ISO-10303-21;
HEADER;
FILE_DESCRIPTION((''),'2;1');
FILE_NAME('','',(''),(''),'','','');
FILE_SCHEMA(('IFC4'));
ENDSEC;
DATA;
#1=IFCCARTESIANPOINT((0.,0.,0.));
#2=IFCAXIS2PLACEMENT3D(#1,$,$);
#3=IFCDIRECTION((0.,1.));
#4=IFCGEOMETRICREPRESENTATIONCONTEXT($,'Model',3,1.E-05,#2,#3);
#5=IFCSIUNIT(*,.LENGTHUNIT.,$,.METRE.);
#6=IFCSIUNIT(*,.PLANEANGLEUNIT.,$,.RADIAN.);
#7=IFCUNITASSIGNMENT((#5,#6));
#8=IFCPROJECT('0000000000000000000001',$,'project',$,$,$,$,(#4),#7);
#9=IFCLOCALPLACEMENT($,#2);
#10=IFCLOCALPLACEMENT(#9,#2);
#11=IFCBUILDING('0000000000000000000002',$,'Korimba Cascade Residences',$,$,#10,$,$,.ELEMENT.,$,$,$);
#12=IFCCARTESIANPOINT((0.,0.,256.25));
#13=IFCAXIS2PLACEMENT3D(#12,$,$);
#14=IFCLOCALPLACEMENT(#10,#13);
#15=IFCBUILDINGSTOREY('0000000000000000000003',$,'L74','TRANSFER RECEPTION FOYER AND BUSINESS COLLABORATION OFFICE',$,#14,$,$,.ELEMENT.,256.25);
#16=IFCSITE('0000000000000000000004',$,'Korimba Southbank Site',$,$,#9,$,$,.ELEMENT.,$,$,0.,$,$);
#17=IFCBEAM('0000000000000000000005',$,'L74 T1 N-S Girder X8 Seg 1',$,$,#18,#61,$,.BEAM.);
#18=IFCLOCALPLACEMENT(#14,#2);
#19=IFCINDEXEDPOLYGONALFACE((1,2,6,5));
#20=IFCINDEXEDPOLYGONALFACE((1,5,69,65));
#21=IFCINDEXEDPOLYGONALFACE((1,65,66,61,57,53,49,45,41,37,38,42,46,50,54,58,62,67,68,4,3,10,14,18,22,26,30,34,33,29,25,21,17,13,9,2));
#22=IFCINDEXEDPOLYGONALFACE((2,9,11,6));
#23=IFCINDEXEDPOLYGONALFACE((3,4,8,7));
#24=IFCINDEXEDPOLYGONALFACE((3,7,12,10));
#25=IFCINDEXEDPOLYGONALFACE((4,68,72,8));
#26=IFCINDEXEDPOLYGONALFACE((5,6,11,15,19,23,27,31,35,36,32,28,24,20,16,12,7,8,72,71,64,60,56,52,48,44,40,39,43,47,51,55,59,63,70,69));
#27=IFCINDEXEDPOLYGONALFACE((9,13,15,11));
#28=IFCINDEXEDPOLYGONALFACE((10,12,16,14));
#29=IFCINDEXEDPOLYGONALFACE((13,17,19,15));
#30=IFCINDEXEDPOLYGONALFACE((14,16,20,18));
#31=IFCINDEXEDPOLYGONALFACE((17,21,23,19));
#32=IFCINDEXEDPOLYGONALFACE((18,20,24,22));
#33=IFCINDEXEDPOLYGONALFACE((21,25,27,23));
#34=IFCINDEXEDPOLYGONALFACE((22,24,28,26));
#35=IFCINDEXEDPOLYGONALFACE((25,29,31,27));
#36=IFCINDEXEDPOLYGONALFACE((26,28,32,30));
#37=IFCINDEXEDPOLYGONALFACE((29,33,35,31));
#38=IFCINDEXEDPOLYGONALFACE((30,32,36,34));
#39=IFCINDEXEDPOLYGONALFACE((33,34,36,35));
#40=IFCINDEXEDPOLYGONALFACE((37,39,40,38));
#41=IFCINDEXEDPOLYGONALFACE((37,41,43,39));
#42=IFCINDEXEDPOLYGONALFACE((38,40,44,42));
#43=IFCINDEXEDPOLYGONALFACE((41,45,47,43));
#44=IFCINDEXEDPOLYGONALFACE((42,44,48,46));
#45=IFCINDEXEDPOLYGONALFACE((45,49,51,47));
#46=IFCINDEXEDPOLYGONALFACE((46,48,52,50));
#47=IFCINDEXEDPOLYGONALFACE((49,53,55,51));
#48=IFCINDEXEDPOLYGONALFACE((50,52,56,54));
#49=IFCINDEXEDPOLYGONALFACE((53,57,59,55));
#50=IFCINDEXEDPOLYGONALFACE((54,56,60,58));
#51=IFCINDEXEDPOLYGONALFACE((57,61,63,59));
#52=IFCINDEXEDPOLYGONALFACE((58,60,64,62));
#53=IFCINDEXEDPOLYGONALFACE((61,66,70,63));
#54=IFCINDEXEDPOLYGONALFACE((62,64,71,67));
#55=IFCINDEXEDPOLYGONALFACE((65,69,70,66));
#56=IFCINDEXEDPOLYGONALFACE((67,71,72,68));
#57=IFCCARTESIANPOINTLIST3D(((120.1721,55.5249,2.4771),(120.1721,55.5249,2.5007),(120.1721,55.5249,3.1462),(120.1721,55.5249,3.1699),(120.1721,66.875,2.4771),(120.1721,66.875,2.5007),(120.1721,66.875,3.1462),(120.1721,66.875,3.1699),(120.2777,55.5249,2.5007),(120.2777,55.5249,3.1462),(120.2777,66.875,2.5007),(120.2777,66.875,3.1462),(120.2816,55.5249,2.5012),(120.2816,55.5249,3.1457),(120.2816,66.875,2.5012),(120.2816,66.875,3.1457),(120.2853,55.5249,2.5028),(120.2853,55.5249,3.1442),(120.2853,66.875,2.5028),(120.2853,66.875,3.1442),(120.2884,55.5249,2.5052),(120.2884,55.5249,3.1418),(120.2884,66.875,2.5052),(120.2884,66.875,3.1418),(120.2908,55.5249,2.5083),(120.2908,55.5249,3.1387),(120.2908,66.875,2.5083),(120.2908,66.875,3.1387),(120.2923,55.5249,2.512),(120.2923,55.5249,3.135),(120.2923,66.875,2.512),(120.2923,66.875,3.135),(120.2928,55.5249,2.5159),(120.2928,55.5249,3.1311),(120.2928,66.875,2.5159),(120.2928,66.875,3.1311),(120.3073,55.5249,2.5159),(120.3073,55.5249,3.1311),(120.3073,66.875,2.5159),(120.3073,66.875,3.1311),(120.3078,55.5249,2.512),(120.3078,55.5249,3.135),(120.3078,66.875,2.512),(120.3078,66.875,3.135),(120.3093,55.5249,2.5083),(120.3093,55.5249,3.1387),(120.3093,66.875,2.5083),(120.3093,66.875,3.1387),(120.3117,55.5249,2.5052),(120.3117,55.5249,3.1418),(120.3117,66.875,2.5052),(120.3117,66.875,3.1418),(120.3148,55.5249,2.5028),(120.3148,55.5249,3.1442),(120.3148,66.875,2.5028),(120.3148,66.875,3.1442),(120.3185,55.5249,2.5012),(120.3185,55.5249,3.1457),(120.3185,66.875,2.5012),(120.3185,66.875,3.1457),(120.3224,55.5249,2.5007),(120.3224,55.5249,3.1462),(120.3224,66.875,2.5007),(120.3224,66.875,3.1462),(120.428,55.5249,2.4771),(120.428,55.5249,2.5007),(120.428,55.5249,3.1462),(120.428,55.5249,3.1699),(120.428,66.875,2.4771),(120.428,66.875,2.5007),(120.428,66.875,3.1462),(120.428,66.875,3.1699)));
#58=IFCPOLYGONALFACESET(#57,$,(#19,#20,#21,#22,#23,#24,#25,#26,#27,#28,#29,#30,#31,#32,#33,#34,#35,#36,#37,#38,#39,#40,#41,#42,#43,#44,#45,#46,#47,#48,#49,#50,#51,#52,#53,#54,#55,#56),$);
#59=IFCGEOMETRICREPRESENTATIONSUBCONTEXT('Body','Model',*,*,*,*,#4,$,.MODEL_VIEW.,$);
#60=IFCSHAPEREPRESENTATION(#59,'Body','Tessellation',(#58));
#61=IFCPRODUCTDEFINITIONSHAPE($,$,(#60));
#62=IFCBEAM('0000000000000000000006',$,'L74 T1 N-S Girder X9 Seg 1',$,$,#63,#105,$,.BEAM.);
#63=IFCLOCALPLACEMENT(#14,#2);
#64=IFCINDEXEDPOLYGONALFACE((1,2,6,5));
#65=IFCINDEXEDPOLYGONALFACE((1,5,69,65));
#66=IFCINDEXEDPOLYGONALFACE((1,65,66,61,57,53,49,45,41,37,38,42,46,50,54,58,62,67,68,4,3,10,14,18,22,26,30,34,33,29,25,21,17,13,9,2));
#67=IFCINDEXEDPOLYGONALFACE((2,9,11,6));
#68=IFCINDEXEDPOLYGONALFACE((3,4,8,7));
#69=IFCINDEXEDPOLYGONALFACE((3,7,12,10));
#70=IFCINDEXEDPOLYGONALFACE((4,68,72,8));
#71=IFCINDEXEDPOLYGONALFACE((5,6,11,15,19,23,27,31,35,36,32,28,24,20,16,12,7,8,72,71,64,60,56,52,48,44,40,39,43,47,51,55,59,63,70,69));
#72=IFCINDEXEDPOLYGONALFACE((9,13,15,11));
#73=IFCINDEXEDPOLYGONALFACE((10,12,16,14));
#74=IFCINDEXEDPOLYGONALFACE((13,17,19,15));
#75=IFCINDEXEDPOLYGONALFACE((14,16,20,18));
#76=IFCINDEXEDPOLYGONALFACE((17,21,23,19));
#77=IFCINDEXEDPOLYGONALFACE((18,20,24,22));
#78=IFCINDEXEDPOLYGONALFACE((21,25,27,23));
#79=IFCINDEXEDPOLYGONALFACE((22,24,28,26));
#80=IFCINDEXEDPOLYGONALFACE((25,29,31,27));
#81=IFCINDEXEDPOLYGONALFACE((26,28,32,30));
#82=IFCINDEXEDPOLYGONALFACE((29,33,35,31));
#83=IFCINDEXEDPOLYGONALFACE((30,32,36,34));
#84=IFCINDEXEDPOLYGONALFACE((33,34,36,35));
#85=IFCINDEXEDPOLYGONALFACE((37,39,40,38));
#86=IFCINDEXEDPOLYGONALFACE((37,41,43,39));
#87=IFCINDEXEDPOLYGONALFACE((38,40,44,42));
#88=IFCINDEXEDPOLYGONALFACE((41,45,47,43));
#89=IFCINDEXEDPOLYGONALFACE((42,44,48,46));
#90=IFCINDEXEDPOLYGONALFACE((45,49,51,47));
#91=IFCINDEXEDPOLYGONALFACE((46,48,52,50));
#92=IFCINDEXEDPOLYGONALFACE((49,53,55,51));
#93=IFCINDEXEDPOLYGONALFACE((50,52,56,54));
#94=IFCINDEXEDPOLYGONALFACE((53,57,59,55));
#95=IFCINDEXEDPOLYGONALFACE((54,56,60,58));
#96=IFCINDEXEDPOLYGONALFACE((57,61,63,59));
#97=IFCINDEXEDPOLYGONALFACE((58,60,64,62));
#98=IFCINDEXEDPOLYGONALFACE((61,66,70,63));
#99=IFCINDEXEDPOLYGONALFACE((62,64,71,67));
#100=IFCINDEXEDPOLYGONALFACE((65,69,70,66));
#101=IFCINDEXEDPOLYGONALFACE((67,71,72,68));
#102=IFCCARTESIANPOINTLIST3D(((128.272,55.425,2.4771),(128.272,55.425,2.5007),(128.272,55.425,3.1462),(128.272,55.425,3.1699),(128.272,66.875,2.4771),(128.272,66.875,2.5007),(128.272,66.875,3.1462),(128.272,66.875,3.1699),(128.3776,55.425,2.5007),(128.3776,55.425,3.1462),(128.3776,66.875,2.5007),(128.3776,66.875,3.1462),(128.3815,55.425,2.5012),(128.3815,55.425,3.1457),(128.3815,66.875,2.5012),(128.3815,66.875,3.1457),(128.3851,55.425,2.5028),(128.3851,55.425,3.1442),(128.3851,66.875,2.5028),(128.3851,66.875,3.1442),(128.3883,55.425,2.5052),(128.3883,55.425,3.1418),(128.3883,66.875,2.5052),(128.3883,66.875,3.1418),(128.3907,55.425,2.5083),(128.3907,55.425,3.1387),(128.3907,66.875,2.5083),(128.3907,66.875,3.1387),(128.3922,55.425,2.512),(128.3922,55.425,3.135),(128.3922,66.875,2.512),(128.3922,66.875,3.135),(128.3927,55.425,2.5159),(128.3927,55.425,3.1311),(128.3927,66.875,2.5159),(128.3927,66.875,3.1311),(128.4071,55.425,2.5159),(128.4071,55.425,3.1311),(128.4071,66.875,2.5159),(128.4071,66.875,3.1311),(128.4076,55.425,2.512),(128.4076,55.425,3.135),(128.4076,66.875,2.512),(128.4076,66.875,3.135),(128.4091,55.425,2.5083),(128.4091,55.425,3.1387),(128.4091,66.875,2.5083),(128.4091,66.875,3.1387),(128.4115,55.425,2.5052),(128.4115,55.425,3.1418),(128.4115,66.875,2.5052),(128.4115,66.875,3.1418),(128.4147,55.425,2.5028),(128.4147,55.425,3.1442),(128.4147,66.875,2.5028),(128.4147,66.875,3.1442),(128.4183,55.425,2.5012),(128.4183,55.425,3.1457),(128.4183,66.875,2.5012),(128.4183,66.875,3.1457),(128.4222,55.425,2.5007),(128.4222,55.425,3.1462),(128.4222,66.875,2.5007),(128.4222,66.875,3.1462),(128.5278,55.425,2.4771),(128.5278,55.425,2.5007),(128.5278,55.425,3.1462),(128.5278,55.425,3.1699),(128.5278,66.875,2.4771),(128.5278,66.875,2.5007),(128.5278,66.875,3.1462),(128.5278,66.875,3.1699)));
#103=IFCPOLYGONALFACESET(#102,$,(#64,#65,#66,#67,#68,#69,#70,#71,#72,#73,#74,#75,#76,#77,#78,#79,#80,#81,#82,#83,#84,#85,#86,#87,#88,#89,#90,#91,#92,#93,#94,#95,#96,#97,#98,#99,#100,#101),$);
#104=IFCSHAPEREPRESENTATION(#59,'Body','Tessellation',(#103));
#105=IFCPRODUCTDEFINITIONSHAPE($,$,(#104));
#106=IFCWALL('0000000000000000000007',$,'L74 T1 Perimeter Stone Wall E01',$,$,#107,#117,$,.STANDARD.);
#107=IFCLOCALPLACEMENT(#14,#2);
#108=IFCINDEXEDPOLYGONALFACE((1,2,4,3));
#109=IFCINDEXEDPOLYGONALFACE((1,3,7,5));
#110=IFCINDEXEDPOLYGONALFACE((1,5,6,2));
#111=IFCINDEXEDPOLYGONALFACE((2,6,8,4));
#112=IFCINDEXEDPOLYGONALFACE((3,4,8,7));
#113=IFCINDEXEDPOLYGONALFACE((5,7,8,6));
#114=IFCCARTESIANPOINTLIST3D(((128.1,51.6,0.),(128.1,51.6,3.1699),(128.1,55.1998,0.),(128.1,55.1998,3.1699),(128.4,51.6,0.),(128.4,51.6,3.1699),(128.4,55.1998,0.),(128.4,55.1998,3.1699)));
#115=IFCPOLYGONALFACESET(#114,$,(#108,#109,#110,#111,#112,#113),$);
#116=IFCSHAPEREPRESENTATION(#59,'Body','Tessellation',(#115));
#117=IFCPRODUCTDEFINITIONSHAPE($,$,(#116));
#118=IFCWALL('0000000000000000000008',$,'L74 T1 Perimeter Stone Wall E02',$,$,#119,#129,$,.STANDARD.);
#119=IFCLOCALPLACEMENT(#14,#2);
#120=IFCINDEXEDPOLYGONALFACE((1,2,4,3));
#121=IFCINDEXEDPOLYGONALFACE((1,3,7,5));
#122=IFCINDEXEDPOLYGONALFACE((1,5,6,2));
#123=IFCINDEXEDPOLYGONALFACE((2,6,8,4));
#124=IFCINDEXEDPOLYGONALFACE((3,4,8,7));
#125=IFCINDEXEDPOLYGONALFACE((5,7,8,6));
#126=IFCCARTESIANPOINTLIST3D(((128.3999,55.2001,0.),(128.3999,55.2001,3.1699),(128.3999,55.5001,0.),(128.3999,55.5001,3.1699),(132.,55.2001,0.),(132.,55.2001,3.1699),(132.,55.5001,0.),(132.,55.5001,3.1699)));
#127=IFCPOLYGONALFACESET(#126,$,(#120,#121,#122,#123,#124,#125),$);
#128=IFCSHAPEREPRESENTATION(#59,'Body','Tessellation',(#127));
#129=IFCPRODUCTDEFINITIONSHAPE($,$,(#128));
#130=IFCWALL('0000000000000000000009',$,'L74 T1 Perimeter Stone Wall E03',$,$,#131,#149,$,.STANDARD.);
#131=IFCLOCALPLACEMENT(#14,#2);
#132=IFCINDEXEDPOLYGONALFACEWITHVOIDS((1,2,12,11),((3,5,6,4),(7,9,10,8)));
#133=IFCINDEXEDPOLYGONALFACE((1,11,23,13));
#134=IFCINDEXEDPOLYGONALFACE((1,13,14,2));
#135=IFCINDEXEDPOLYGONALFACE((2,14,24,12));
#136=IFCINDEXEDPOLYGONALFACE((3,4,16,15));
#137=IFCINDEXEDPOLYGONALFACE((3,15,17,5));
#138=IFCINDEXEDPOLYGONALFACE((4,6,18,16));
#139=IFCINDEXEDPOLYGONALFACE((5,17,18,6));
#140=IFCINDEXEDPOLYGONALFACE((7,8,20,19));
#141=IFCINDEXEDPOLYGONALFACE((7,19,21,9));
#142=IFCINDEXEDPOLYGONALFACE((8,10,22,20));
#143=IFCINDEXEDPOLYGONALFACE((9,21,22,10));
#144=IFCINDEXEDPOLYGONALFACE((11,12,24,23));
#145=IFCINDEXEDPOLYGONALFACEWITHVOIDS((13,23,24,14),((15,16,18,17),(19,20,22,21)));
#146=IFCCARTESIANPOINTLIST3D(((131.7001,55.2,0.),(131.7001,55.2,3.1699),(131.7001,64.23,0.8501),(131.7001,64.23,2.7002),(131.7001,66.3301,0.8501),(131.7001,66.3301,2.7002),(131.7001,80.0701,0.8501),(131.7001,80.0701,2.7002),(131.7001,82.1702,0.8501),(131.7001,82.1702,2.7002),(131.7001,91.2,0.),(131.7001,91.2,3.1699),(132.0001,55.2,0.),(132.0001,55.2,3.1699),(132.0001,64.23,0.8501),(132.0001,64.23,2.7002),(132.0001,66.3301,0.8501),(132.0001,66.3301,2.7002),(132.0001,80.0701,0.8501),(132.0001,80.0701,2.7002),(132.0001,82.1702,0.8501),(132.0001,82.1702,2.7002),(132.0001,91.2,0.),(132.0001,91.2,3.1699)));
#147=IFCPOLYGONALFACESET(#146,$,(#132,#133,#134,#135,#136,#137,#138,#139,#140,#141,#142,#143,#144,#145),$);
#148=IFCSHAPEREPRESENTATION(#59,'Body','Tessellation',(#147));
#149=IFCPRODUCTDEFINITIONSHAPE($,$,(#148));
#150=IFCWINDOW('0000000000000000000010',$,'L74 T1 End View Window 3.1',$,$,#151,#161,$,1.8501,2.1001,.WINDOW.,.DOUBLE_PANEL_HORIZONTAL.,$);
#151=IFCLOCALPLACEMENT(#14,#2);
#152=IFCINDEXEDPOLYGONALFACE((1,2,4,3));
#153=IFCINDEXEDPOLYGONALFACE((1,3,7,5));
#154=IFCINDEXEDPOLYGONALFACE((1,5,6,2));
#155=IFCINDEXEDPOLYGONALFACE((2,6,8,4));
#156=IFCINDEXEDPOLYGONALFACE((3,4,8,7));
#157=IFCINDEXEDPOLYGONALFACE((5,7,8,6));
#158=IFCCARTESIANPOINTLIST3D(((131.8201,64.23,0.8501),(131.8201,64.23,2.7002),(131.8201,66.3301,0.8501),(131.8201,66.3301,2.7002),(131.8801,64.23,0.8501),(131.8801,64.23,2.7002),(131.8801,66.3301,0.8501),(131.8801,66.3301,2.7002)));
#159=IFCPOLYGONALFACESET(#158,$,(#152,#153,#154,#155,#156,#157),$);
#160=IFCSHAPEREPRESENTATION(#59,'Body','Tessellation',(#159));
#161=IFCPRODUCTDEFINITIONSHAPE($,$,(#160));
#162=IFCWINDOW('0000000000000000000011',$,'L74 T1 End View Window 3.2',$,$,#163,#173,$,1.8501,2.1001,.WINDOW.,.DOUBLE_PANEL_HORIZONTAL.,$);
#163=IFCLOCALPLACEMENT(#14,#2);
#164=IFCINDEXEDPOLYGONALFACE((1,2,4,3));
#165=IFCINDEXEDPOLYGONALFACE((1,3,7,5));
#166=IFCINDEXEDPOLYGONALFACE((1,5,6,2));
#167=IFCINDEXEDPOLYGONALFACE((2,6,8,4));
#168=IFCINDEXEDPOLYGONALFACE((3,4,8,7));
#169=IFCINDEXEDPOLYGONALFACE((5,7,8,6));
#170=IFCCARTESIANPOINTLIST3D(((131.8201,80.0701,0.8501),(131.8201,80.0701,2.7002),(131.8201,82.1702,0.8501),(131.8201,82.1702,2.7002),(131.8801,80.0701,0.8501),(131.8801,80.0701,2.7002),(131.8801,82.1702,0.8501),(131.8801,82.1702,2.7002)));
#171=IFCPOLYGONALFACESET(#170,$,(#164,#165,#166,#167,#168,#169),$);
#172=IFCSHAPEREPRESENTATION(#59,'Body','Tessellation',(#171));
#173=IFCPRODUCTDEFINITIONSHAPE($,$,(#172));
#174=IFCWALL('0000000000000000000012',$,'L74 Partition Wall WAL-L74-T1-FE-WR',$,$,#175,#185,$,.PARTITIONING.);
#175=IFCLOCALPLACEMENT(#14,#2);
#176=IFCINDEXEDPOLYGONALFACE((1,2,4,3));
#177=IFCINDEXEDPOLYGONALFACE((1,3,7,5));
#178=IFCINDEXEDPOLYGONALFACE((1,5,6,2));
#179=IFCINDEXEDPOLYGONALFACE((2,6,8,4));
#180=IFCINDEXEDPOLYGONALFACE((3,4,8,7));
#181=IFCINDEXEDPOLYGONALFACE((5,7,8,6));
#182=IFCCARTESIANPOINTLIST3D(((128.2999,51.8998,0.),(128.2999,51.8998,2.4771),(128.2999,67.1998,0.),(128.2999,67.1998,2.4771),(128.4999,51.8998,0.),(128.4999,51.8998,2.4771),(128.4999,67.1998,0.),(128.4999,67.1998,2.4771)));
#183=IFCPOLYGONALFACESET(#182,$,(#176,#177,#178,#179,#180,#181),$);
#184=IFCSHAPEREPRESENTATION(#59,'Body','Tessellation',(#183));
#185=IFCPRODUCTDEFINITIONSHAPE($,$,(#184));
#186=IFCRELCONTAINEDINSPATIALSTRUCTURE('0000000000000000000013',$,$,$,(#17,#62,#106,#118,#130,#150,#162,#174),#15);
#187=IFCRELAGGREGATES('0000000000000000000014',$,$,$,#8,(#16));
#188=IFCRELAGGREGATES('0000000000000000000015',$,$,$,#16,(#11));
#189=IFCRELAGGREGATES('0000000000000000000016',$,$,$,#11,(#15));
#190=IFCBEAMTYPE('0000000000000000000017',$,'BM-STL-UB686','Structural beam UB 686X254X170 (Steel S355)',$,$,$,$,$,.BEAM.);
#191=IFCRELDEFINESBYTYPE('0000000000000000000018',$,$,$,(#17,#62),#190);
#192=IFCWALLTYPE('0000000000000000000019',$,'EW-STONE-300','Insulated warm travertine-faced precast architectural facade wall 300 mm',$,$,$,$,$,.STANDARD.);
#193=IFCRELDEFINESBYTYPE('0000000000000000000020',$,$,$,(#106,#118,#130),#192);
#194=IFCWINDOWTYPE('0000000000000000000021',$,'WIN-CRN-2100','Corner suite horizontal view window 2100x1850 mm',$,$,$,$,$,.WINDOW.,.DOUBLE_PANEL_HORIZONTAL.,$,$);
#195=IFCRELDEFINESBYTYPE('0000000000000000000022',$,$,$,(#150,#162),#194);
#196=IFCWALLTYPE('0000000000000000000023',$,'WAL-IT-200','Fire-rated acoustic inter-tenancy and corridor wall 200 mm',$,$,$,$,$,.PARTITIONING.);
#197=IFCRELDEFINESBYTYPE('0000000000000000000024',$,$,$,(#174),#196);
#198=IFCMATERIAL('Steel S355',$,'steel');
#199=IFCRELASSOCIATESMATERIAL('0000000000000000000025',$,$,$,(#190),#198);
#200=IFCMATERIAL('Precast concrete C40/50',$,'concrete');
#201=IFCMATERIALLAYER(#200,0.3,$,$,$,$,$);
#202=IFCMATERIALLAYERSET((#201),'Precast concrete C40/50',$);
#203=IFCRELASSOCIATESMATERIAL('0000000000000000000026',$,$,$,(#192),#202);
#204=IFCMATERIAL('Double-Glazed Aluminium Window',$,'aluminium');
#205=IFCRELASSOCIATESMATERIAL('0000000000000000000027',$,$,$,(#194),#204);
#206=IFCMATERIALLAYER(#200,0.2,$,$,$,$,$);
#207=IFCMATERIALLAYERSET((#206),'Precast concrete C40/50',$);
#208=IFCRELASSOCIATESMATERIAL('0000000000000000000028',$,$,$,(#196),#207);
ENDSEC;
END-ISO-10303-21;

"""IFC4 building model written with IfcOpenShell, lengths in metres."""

from ifc_helpers import new_model, si_unit, direction, frame, frame_2d, origin, origin_2d, place, context, subcontext, project, spatial, rectangle, i_section, extrude, material, layer, layer_set, material_profile, profile_set, type_object, element, fill, save


model = new_model("IFC4")

# Units and contexts
model_context = context("Model", 3, precision=1e-05, world=origin(), true_north=direction((0.0, 1.0)))
body_context = subcontext(model_context, "Body", "Model", "MODEL_VIEW")
ifc_project = project(units=[si_unit("LENGTHUNIT", "METRE"), si_unit("PLANEANGLEUNIT", "RADIAN")], contexts=[model_context])

# Site, building, storey
site_placement = place(None, origin())
site = spatial("IfcSite", under=ifc_project, at=site_placement, Name="Korimba Southbank Site", CompositionType="ELEMENT", RefElevation=0.0)
building_placement = place(site_placement, origin())
building = spatial("IfcBuilding", under=site, at=building_placement, Name="Korimba Cascade Residences", CompositionType="ELEMENT")
storey_placement = place(building_placement, frame((0.0, 0.0, 256.25)))
storey = spatial("IfcBuildingStorey", under=building, at=storey_placement, Name="L74", Description="TRANSFER RECEPTION FOYER AND BUSINESS COLLABORATION OFFICE", CompositionType="ELEMENT", Elevation=256.25)

# Beams
ifc_material_1 = material(Name="Steel S355", Category="steel")
ifc_material_profile_1 = material_profile(ifc_material_1, i_section(OverallWidth=0.2559, OverallDepth=0.6929, WebThickness=0.0144, FlangeThickness=0.0237, FilletRadius=0.0151, at=origin_2d()), Name="Steel S355")
ifc_profile_set_1 = profile_set([ifc_material_profile_1], Name="Steel S355")
beam_type_1 = type_object("IfcBeamType", Name="BM-STL-UB686", Description="Structural beam UB 686X254X170 (Steel S355)", PredefinedType="BEAM", material=ifc_profile_set_1)
beam_1_placement = place(storey_placement, frame((120.3, 55.5249, 2.8235), z_axis=(0.0, 1.0, 0.0), x_axis=(-1.0, 0.0, 0.0)))
element("IfcBeam", 1, at=beam_1_placement, inside=storey, type_object=beam_type_1, Name="L74 T1 N-S Girder X8 Seg 1", PredefinedType="BEAM", context=body_context, shape_type="SweptSolid", body=[
    extrude(i_section(OverallWidth=0.2559, OverallDepth=0.6929, WebThickness=0.0144, FlangeThickness=0.0237, FilletRadius=0.0151, at=origin_2d()), origin(), (0.0, 0.0, 1.0), 11.3501),
])
beam_2_placement = place(storey_placement, frame((128.3999, 55.425, 2.8235), z_axis=(0.0, 1.0, 0.0), x_axis=(-1.0, 0.0, 0.0)))
element("IfcBeam", 2, at=beam_2_placement, inside=storey, type_object=beam_type_1, Name="L74 T1 N-S Girder X9 Seg 1", PredefinedType="BEAM", context=body_context, shape_type="SweptSolid", body=[
    extrude(i_section(OverallWidth=0.2559, OverallDepth=0.6929, WebThickness=0.0144, FlangeThickness=0.0237, FilletRadius=0.0151, at=origin_2d()), origin(), (0.0, 0.0, 1.0), 11.45),
])

# Walls
ifc_material_2 = material(Name="Precast concrete C40/50", Category="concrete")
ifc_layer_1 = layer(ifc_material_2, 0.3)
ifc_layer_set_1 = layer_set([ifc_layer_1], Name="Precast concrete C40/50")
wall_type_1 = type_object("IfcWallType", Name="EW-STONE-300", Description="Insulated warm travertine-faced precast architectural facade wall 300 mm", PredefinedType="STANDARD", material=ifc_layer_set_1)
wall_1_placement = place(storey_placement, frame((128.25, 51.6001, 0.0), z_axis=(0.0, 0.0, 1.0), x_axis=(0.0, 1.0, 0.0)))
element("IfcWall", 3, at=wall_1_placement, inside=storey, type_object=wall_type_1, Name="L74 T1 Perimeter Stone Wall E01", PredefinedType="STANDARD", context=body_context, shape_type="SweptSolid", body=[
    extrude(rectangle(XDim=3.5999, YDim=0.3, at=frame_2d((1.7998, 0.0))), origin(), (0.0, 0.0, 1.0), 3.1699),
])
wall_2_placement = place(storey_placement, frame((128.3999, 55.3501, 0.0), z_axis=(0.0, 0.0, 1.0), x_axis=(1.0, 0.0, 0.0)))
element("IfcWall", 4, at=wall_2_placement, inside=storey, type_object=wall_type_1, Name="L74 T1 Perimeter Stone Wall E02", PredefinedType="STANDARD", context=body_context, shape_type="SweptSolid", body=[
    extrude(rectangle(XDim=3.6001, YDim=0.3, at=frame_2d((1.8, 0.0))), origin(), (0.0, 0.0, 1.0), 3.1699),
])

# Wall, openings, windows
wall_3_placement = place(storey_placement, frame((131.8501, 55.2, 0.0), z_axis=(0.0, 0.0, 1.0), x_axis=(0.0, 1.0, 0.0)))
wall_3 = element("IfcWall", 5, at=wall_3_placement, inside=storey, type_object=wall_type_1, Name="L74 T1 Perimeter Stone Wall E03", PredefinedType="STANDARD", context=body_context, shape_type="SweptSolid", body=[
    extrude(rectangle(XDim=36.0, YDim=0.3, at=frame_2d((18.0, 0.0))), origin(), (0.0, 0.0, 1.0), 3.1699),
])
opening_1_placement = place(wall_3_placement, frame((9.03, 0.0, 0.8501)))
opening_1 = element("IfcOpeningElement", 6, at=opening_1_placement, cuts=wall_3, PredefinedType="OPENING", context=body_context, shape_type="SweptSolid", body=[
    extrude(rectangle(XDim=2.1001, YDim=1.8501, at=frame_2d((1.05, 0.925))), frame((0.0, 0.1602, 0.0), z_axis=(0.0, -1.0, 0.0), x_axis=(1.0, 0.0, 0.0)), (0.0, 0.0, 1.0), 0.3201),
])
opening_2_placement = place(wall_3_placement, frame((24.8701, 0.0, 0.8501)))
opening_2 = element("IfcOpeningElement", 7, at=opening_2_placement, cuts=wall_3, PredefinedType="OPENING", context=body_context, shape_type="SweptSolid", body=[
    extrude(rectangle(XDim=2.1001, YDim=1.8501, at=frame_2d((1.05, 0.925))), frame((0.0, 0.1602, 0.0), z_axis=(0.0, -1.0, 0.0), x_axis=(1.0, 0.0, 0.0)), (0.0, 0.0, 1.0), 0.3201),
])
ifc_material_3 = material(Name="Double-Glazed Aluminium Window", Category="aluminium")
window_type = type_object("IfcWindowType", Name="WIN-CRN-2100", Description="Corner suite horizontal view window 2100x1850 mm", PartitioningType="DOUBLE_PANEL_HORIZONTAL", PredefinedType="WINDOW", material=ifc_material_3)
window_1_placement = place(opening_1_placement, origin())
window_1 = element("IfcWindow", 8, at=window_1_placement, inside=storey, type_object=window_type, Name="L74 T1 End View Window 3.1", OverallHeight=1.8501, OverallWidth=2.1001, PartitioningType="DOUBLE_PANEL_HORIZONTAL", PredefinedType="WINDOW", context=body_context, shape_type="SweptSolid", body=[
    extrude(rectangle(XDim=2.1001, YDim=1.8501, at=frame_2d((1.05, 0.925))), frame((0.0, 0.03, 0.0), z_axis=(0.0, -1.0, 0.0), x_axis=(1.0, 0.0, 0.0)), (0.0, 0.0, 1.0), 0.0601),
])
fill(opening_1, window_1)
window_2_placement = place(opening_2_placement, origin())
window_2 = element("IfcWindow", 9, at=window_2_placement, inside=storey, type_object=window_type, Name="L74 T1 End View Window 3.2", OverallHeight=1.8501, OverallWidth=2.1001, PartitioningType="DOUBLE_PANEL_HORIZONTAL", PredefinedType="WINDOW", context=body_context, shape_type="SweptSolid", body=[
    extrude(rectangle(XDim=2.1001, YDim=1.8501, at=frame_2d((1.05, 0.925))), frame((0.0, 0.03, 0.0), z_axis=(0.0, -1.0, 0.0), x_axis=(1.0, 0.0, 0.0)), (0.0, 0.0, 1.0), 0.0601),
])
fill(opening_2, window_2)

# Wall
ifc_layer_2 = layer(ifc_material_2, 0.2)
ifc_layer_set_2 = layer_set([ifc_layer_2], Name="Precast concrete C40/50")
wall_type_2 = type_object("IfcWallType", Name="WAL-IT-200", Description="Fire-rated acoustic inter-tenancy and corridor wall 200 mm", PredefinedType="PARTITIONING", material=ifc_layer_set_2)
wall_4_placement = place(storey_placement, frame((128.3999, 51.8999, 0.0), z_axis=(0.0, 0.0, 1.0), x_axis=(0.0, 1.0, 0.0)))
element("IfcWall", 10, at=wall_4_placement, inside=storey, type_object=wall_type_2, Name="L74 Partition Wall WAL-L74-T1-FE-WR", PredefinedType="PARTITIONING", context=body_context, shape_type="SweptSolid", body=[
    extrude(rectangle(XDim=15.3, YDim=0.2, at=frame_2d((7.6499, 0.0))), origin(), (0.0, 0.0, 1.0), 2.4771),
])

save(model, "model.ifc")
